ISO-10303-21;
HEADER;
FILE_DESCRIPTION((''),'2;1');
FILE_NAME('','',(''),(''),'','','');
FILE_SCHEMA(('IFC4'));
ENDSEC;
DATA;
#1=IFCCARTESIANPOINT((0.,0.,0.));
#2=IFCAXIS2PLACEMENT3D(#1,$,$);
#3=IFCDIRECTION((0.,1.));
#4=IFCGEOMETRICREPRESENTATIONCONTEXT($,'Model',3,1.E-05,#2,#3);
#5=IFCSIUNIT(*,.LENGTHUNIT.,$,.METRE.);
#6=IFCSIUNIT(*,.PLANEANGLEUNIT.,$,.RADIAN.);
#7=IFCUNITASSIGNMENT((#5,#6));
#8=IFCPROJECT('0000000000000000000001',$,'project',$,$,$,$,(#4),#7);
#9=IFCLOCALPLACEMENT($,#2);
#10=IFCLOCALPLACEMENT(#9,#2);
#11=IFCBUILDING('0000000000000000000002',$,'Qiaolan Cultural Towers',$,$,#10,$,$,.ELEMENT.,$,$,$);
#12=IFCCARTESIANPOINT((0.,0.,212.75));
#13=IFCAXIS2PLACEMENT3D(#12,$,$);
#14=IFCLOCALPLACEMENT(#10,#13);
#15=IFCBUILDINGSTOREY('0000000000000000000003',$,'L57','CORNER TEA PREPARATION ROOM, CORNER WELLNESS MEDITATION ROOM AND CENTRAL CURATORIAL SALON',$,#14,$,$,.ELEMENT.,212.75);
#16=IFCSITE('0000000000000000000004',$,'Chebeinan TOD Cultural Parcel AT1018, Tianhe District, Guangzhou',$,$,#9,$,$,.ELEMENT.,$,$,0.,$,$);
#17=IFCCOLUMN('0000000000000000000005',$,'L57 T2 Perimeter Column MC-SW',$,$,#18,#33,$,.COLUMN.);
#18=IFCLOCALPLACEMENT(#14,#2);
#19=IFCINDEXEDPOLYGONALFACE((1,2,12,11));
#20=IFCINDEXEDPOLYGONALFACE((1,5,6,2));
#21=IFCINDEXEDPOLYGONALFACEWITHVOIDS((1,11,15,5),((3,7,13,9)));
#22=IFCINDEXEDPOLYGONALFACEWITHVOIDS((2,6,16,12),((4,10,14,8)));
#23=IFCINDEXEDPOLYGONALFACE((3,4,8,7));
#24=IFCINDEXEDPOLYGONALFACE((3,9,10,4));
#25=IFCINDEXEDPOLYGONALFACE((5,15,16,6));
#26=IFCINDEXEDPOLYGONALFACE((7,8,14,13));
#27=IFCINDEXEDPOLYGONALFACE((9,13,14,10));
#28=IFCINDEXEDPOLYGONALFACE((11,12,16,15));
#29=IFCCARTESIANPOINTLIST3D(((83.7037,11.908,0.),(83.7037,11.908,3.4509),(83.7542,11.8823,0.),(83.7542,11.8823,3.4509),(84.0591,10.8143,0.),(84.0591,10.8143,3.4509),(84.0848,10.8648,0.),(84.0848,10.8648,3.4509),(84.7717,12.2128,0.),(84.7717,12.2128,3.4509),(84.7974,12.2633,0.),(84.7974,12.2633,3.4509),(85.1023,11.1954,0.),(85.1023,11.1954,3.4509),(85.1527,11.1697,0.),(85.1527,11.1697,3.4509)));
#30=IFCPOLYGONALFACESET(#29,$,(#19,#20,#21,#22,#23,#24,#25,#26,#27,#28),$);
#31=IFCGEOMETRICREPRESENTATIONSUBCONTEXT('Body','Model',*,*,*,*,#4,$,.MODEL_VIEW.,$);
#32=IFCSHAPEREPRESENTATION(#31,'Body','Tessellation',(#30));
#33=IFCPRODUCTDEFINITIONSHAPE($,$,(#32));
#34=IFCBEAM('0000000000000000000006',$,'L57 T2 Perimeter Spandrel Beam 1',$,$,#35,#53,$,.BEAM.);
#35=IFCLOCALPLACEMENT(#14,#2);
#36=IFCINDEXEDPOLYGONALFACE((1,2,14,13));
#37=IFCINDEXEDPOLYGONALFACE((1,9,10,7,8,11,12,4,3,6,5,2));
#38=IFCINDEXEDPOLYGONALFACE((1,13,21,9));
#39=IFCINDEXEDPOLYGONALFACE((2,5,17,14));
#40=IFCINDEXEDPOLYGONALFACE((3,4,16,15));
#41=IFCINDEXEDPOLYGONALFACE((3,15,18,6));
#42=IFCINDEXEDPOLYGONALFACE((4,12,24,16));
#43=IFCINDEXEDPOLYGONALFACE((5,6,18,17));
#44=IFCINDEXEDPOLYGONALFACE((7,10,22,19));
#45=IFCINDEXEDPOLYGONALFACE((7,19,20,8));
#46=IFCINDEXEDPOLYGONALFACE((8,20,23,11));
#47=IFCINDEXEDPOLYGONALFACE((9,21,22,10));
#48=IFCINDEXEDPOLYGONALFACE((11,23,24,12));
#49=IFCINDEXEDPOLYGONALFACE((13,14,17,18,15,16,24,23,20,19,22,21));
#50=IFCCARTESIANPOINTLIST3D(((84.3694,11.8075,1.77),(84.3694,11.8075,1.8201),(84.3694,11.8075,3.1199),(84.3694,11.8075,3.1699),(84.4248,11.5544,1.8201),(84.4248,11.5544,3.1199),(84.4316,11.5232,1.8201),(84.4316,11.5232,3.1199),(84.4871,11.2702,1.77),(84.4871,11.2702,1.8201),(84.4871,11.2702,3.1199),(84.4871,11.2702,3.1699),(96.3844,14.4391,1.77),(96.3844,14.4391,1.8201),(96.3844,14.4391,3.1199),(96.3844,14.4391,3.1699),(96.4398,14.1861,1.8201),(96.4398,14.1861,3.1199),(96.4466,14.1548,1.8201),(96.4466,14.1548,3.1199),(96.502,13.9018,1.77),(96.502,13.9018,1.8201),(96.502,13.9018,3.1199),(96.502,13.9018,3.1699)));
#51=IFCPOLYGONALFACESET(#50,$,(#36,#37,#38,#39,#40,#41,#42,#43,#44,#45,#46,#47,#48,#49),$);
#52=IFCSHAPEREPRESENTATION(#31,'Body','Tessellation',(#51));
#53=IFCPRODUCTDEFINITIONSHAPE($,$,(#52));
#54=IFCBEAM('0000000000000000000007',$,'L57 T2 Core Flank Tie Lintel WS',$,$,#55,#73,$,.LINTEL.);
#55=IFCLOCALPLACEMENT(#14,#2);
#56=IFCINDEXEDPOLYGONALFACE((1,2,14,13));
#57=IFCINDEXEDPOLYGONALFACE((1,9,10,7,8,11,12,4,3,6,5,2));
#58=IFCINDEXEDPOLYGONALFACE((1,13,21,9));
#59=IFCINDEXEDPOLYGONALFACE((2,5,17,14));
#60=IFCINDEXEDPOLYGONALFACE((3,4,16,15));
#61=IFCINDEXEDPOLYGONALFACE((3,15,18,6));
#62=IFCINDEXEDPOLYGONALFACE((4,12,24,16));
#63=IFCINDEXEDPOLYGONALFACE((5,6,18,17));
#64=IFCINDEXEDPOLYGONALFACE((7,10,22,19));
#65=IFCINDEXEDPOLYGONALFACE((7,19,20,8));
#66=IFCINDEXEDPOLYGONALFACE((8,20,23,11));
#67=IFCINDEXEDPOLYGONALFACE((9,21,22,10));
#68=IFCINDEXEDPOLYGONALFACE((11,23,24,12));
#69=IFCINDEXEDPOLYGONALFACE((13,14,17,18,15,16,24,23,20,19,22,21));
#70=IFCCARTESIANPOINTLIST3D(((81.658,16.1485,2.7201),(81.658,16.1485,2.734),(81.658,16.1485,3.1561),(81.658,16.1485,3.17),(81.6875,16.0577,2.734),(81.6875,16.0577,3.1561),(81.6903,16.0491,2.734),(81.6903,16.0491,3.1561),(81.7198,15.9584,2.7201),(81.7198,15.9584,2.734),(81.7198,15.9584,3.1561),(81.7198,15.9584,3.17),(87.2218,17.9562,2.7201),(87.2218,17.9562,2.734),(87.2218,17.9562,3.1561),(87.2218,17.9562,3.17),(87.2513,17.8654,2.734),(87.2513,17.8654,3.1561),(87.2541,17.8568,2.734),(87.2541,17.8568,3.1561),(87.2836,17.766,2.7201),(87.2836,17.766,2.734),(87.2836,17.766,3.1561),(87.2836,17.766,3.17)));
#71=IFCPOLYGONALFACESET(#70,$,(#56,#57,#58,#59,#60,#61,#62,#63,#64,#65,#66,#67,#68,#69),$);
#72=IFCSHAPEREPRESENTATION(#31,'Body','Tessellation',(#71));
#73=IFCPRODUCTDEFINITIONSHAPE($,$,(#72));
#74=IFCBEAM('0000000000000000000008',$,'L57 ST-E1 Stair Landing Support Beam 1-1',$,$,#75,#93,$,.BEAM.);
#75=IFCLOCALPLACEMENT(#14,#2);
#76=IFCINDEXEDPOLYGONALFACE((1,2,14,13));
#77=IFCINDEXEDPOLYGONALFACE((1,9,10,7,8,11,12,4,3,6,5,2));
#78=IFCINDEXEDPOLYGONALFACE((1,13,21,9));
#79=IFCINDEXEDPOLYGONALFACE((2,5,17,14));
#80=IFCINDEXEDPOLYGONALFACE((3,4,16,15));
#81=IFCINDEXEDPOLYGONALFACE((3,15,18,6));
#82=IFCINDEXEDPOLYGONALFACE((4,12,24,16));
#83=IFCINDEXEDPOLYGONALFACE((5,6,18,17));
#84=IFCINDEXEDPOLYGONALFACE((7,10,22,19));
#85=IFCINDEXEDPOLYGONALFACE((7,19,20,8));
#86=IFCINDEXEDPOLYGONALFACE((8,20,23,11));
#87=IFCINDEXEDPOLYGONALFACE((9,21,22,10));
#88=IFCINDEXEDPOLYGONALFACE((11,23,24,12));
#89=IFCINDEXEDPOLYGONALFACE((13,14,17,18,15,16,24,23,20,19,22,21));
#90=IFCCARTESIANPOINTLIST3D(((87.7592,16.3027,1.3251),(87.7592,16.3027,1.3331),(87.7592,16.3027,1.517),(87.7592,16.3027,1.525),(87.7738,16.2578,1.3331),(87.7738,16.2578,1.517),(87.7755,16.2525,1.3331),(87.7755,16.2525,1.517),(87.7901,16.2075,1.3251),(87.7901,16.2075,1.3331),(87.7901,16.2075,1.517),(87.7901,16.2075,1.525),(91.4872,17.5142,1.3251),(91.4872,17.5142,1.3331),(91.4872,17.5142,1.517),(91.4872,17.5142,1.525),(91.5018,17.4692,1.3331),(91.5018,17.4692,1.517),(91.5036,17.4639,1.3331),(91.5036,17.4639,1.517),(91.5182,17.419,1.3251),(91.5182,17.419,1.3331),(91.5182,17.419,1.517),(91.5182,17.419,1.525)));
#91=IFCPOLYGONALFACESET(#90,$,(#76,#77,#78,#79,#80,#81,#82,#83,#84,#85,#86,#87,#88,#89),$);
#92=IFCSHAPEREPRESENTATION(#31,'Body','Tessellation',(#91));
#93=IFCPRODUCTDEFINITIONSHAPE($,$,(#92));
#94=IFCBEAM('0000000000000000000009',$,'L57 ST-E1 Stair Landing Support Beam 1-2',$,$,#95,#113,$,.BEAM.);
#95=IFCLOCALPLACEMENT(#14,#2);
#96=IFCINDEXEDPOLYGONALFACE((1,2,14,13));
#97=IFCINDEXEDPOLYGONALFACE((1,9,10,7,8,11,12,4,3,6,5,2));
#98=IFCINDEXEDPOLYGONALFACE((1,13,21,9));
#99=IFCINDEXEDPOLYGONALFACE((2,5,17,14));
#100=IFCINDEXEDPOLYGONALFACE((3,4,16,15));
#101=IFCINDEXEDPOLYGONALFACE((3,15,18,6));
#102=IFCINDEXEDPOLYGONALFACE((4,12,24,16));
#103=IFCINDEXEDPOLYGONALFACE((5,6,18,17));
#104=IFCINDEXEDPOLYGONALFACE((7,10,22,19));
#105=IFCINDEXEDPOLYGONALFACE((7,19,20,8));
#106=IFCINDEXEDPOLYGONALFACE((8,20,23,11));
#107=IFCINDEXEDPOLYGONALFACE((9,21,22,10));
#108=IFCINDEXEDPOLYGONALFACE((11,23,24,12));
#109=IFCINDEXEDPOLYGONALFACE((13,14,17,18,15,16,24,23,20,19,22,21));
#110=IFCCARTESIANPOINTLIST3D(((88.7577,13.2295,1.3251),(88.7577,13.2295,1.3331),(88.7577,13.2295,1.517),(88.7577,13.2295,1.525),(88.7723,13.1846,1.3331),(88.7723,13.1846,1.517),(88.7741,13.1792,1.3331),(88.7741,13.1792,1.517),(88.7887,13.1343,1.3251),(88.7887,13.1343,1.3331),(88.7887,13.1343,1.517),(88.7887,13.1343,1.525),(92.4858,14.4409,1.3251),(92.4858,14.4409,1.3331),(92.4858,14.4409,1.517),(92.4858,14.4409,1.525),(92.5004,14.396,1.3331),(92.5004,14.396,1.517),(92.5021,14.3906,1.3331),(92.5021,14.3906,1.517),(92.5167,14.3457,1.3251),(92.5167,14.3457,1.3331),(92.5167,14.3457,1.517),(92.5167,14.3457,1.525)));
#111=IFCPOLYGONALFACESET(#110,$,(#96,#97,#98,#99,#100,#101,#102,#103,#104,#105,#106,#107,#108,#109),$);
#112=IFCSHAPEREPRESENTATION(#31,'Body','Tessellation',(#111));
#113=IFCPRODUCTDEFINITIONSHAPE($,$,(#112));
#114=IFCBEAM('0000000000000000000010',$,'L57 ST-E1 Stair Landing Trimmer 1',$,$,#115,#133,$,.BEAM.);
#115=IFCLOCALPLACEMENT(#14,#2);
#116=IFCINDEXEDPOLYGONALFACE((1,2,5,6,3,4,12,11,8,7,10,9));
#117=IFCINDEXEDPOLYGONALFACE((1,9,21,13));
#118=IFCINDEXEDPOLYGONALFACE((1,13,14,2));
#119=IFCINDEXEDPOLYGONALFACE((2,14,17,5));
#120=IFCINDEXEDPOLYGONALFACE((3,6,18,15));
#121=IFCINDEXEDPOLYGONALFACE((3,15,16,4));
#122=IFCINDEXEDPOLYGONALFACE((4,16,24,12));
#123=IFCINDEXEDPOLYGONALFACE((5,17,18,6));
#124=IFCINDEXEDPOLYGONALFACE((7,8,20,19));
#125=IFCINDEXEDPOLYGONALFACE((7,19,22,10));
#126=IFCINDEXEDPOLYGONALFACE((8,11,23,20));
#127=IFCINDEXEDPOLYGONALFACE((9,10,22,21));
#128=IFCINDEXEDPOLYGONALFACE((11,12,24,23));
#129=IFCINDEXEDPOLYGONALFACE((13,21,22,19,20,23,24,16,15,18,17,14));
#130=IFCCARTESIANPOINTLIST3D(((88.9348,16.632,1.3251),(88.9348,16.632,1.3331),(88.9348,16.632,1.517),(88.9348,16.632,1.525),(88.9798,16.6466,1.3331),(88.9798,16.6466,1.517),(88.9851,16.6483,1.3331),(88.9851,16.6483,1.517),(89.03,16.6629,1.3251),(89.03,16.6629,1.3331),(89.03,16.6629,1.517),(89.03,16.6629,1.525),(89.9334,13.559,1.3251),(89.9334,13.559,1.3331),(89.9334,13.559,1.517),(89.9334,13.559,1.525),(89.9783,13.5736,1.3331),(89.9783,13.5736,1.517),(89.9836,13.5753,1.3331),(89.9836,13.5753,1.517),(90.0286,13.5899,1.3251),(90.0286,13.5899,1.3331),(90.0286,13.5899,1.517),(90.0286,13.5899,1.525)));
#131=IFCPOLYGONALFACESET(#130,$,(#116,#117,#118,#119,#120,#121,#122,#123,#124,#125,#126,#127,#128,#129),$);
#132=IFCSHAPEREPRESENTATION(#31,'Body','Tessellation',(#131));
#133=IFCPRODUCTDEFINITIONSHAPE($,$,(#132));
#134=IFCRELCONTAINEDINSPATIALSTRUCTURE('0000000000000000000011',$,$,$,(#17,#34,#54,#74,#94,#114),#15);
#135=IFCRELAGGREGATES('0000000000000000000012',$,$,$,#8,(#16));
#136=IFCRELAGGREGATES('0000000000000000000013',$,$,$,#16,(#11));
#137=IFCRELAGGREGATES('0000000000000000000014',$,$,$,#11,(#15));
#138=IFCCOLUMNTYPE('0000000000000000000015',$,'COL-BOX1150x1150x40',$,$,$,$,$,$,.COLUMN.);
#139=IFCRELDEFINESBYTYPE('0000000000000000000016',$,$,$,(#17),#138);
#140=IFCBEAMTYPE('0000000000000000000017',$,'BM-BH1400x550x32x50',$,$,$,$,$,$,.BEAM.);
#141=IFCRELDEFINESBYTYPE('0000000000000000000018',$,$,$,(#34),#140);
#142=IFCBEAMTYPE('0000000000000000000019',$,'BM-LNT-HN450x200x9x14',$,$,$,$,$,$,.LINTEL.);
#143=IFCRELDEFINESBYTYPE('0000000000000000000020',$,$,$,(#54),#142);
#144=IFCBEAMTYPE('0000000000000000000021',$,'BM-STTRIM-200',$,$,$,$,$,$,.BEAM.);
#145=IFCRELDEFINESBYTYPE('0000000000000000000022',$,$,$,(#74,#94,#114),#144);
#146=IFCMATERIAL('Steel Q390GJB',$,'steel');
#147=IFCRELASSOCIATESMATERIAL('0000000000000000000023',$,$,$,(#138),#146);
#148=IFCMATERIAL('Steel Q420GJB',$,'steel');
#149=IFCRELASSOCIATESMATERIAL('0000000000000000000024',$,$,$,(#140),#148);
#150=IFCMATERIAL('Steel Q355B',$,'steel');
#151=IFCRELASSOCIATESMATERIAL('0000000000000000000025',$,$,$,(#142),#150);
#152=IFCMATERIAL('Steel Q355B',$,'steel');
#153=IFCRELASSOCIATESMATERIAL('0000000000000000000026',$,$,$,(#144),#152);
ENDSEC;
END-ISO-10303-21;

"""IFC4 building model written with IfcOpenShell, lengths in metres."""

from ifc_helpers import new_model, si_unit, direction, frame, origin, origin_2d, place, context, subcontext, project, spatial, hollow_rectangle, i_section, extrude, material, material_profile, profile_set, type_object, element, save


model = new_model("IFC4")

# Units and contexts
model_context = context("Model", 3, precision=1e-05, world=origin(), true_north=direction((0.0, 1.0)))
body_context = subcontext(model_context, "Body", "Model", "MODEL_VIEW")
ifc_project = project(units=[si_unit("LENGTHUNIT", "METRE"), si_unit("PLANEANGLEUNIT", "RADIAN")], contexts=[model_context])

# Site, building, storey
site_placement = place(None, origin())
site = spatial("IfcSite", under=ifc_project, at=site_placement, Name="Chebeinan TOD Cultural Parcel AT1018, Tianhe District, Guangzhou", CompositionType="ELEMENT", RefElevation=0.0)
building_placement = place(site_placement, origin())
building = spatial("IfcBuilding", under=site, at=building_placement, Name="Qiaolan Cultural Towers", CompositionType="ELEMENT")
storey_placement = place(building_placement, frame((0.0, 0.0, 212.75)))
storey = spatial("IfcBuildingStorey", under=building, at=storey_placement, Name="L57", Description="CORNER TEA PREPARATION ROOM, CORNER WELLNESS MEDITATION ROOM AND CENTRAL CURATORIAL SALON", CompositionType="ELEMENT", Elevation=212.75)

# Column
ifc_material_1 = material(Name="Steel Q390GJB", Category="steel")
ifc_material_profile_1 = material_profile(ifc_material_1, hollow_rectangle(XDim=1.1499, YDim=1.1499, WallThickness=0.04, at=origin_2d()), Name="BOX1150x1150x40")
ifc_profile_set_1 = profile_set([ifc_material_profile_1], Name="Steel Q390GJB")
column_type = type_object("IfcColumnType", Name="COL-BOX1150x1150x40", PredefinedType="COLUMN", material=ifc_profile_set_1)
column_placement = place(storey_placement, frame((84.4282, 11.5388, 0.0), z_axis=(0.0, 0.0, 1.0), x_axis=(0.951057, 0.309017, 0.0)))
element("IfcColumn", 1, at=column_placement, inside=storey, type_object=column_type, Name="L57 T2 Perimeter Column MC-SW", PredefinedType="COLUMN", context=body_context, shape_type="SweptSolid", body=[
    extrude(hollow_rectangle(XDim=1.1499, YDim=1.1499, WallThickness=0.04, at=origin_2d()), origin(), (0.0, 0.0, 1.0), 3.4509),
])

# Beams
ifc_material_2 = material(Name="Steel Q420GJB", Category="steel")
ifc_material_profile_2 = material_profile(ifc_material_2, i_section(OverallWidth=0.55, OverallDepth=1.3999, WebThickness=0.032, FlangeThickness=0.05, at=origin_2d()), Name="BH1400x550x32x50")
ifc_profile_set_2 = profile_set([ifc_material_profile_2], Name="Steel Q420GJB")
beam_type_1 = type_object("IfcBeamType", Name="BM-BH1400x550x32x50", PredefinedType="BEAM", material=ifc_profile_set_2)
beam_1_placement = place(storey_placement, frame((84.4282, 11.5388, 2.47), z_axis=(0.976843, 0.213956, 0.0), x_axis=(-0.213956, 0.976843, 0.0)))
element("IfcBeam", 2, at=beam_1_placement, inside=storey, type_object=beam_type_1, Name="L57 T2 Perimeter Spandrel Beam 1", PredefinedType="BEAM", context=body_context, shape_type="SweptSolid", body=[
    extrude(i_section(OverallWidth=0.55, OverallDepth=1.3999, WebThickness=0.032, FlangeThickness=0.05, at=origin_2d()), origin(), (0.0, 0.0, 1.0), 12.2998),
])
ifc_material_3 = material(Name="Steel Q355B", Category="steel")
ifc_material_profile_3 = material_profile(ifc_material_3, i_section(OverallWidth=0.2, OverallDepth=0.45, WebThickness=0.009, FlangeThickness=0.0139, at=origin_2d()), Name="HN450x200x9x14")
ifc_profile_set_3 = profile_set([ifc_material_profile_3], Name="Steel Q355B")
beam_type_2 = type_object("IfcBeamType", Name="BM-LNT-HN450x200x9x14", PredefinedType="LINTEL", material=ifc_profile_set_3)
beam_2_placement = place(storey_placement, frame((87.2527, 17.8611, 2.9451), z_axis=(-0.951064, -0.308995, 0.0), x_axis=(0.308995, -0.951064, 0.0)))
element("IfcBeam", 3, at=beam_2_placement, inside=storey, type_object=beam_type_2, Name="L57 T2 Core Flank Tie Lintel WS", PredefinedType="LINTEL", context=body_context, shape_type="SweptSolid", body=[
    extrude(i_section(OverallWidth=0.2, OverallDepth=0.45, WebThickness=0.009, FlangeThickness=0.0139, at=origin_2d()), origin(), (0.0, 0.0, 1.0), 5.8501),
])
ifc_material_4 = material(Name="Steel Q355B", Category="steel")
ifc_material_profile_4 = material_profile(ifc_material_4, i_section(OverallWidth=0.1001, OverallDepth=0.2, WebThickness=0.0056, FlangeThickness=0.0081, at=origin_2d()), Name="HN200x100x5.5x8")
ifc_profile_set_4 = profile_set([ifc_material_profile_4], Name="Steel Q355B")
beam_type_3 = type_object("IfcBeamType", Name="BM-STTRIM-200", PredefinedType="BEAM", material=ifc_profile_set_4)
for number, where, z_axis, x_axis, name in (
    (4, (87.7747, 16.2551, 1.425), (0.951048, 0.309044, 0.0), (-0.309044, 0.951048, 0.0), "L57 ST-E1 Stair Landing Support Beam 1-1"),
    (5, (88.7732, 13.1819, 1.425), (0.951048, 0.309044, 0.0), (-0.309044, 0.951048, 0.0), "L57 ST-E1 Stair Landing Support Beam 1-2"),
):
    element("IfcBeam", number, at=place(storey_placement, frame(where, z_axis=z_axis, x_axis=x_axis)), inside=storey, type_object=beam_type_3, Name=name, PredefinedType="BEAM", context=body_context, shape_type="SweptSolid", body=[
        extrude(i_section(OverallWidth=0.1001, OverallDepth=0.2, WebThickness=0.0056, FlangeThickness=0.0081, at=origin_2d()), origin(), (0.0, 0.0, 1.0), 3.9199),
    ])
beam_3_placement = place(storey_placement, frame((88.9824, 16.6475, 1.425), z_axis=(0.309033, -0.951051, 0.0), x_axis=(0.951051, 0.309033, 0.0)))
element("IfcBeam", 6, at=beam_3_placement, inside=storey, type_object=beam_type_3, Name="L57 ST-E1 Stair Landing Trimmer 1", PredefinedType="BEAM", context=body_context, shape_type="SweptSolid", body=[
    extrude(i_section(OverallWidth=0.1001, OverallDepth=0.2, WebThickness=0.0056, FlangeThickness=0.0081, at=origin_2d()), origin(), (0.0, 0.0, 1.0), 3.2312),
])

save(model, "model.ifc")
